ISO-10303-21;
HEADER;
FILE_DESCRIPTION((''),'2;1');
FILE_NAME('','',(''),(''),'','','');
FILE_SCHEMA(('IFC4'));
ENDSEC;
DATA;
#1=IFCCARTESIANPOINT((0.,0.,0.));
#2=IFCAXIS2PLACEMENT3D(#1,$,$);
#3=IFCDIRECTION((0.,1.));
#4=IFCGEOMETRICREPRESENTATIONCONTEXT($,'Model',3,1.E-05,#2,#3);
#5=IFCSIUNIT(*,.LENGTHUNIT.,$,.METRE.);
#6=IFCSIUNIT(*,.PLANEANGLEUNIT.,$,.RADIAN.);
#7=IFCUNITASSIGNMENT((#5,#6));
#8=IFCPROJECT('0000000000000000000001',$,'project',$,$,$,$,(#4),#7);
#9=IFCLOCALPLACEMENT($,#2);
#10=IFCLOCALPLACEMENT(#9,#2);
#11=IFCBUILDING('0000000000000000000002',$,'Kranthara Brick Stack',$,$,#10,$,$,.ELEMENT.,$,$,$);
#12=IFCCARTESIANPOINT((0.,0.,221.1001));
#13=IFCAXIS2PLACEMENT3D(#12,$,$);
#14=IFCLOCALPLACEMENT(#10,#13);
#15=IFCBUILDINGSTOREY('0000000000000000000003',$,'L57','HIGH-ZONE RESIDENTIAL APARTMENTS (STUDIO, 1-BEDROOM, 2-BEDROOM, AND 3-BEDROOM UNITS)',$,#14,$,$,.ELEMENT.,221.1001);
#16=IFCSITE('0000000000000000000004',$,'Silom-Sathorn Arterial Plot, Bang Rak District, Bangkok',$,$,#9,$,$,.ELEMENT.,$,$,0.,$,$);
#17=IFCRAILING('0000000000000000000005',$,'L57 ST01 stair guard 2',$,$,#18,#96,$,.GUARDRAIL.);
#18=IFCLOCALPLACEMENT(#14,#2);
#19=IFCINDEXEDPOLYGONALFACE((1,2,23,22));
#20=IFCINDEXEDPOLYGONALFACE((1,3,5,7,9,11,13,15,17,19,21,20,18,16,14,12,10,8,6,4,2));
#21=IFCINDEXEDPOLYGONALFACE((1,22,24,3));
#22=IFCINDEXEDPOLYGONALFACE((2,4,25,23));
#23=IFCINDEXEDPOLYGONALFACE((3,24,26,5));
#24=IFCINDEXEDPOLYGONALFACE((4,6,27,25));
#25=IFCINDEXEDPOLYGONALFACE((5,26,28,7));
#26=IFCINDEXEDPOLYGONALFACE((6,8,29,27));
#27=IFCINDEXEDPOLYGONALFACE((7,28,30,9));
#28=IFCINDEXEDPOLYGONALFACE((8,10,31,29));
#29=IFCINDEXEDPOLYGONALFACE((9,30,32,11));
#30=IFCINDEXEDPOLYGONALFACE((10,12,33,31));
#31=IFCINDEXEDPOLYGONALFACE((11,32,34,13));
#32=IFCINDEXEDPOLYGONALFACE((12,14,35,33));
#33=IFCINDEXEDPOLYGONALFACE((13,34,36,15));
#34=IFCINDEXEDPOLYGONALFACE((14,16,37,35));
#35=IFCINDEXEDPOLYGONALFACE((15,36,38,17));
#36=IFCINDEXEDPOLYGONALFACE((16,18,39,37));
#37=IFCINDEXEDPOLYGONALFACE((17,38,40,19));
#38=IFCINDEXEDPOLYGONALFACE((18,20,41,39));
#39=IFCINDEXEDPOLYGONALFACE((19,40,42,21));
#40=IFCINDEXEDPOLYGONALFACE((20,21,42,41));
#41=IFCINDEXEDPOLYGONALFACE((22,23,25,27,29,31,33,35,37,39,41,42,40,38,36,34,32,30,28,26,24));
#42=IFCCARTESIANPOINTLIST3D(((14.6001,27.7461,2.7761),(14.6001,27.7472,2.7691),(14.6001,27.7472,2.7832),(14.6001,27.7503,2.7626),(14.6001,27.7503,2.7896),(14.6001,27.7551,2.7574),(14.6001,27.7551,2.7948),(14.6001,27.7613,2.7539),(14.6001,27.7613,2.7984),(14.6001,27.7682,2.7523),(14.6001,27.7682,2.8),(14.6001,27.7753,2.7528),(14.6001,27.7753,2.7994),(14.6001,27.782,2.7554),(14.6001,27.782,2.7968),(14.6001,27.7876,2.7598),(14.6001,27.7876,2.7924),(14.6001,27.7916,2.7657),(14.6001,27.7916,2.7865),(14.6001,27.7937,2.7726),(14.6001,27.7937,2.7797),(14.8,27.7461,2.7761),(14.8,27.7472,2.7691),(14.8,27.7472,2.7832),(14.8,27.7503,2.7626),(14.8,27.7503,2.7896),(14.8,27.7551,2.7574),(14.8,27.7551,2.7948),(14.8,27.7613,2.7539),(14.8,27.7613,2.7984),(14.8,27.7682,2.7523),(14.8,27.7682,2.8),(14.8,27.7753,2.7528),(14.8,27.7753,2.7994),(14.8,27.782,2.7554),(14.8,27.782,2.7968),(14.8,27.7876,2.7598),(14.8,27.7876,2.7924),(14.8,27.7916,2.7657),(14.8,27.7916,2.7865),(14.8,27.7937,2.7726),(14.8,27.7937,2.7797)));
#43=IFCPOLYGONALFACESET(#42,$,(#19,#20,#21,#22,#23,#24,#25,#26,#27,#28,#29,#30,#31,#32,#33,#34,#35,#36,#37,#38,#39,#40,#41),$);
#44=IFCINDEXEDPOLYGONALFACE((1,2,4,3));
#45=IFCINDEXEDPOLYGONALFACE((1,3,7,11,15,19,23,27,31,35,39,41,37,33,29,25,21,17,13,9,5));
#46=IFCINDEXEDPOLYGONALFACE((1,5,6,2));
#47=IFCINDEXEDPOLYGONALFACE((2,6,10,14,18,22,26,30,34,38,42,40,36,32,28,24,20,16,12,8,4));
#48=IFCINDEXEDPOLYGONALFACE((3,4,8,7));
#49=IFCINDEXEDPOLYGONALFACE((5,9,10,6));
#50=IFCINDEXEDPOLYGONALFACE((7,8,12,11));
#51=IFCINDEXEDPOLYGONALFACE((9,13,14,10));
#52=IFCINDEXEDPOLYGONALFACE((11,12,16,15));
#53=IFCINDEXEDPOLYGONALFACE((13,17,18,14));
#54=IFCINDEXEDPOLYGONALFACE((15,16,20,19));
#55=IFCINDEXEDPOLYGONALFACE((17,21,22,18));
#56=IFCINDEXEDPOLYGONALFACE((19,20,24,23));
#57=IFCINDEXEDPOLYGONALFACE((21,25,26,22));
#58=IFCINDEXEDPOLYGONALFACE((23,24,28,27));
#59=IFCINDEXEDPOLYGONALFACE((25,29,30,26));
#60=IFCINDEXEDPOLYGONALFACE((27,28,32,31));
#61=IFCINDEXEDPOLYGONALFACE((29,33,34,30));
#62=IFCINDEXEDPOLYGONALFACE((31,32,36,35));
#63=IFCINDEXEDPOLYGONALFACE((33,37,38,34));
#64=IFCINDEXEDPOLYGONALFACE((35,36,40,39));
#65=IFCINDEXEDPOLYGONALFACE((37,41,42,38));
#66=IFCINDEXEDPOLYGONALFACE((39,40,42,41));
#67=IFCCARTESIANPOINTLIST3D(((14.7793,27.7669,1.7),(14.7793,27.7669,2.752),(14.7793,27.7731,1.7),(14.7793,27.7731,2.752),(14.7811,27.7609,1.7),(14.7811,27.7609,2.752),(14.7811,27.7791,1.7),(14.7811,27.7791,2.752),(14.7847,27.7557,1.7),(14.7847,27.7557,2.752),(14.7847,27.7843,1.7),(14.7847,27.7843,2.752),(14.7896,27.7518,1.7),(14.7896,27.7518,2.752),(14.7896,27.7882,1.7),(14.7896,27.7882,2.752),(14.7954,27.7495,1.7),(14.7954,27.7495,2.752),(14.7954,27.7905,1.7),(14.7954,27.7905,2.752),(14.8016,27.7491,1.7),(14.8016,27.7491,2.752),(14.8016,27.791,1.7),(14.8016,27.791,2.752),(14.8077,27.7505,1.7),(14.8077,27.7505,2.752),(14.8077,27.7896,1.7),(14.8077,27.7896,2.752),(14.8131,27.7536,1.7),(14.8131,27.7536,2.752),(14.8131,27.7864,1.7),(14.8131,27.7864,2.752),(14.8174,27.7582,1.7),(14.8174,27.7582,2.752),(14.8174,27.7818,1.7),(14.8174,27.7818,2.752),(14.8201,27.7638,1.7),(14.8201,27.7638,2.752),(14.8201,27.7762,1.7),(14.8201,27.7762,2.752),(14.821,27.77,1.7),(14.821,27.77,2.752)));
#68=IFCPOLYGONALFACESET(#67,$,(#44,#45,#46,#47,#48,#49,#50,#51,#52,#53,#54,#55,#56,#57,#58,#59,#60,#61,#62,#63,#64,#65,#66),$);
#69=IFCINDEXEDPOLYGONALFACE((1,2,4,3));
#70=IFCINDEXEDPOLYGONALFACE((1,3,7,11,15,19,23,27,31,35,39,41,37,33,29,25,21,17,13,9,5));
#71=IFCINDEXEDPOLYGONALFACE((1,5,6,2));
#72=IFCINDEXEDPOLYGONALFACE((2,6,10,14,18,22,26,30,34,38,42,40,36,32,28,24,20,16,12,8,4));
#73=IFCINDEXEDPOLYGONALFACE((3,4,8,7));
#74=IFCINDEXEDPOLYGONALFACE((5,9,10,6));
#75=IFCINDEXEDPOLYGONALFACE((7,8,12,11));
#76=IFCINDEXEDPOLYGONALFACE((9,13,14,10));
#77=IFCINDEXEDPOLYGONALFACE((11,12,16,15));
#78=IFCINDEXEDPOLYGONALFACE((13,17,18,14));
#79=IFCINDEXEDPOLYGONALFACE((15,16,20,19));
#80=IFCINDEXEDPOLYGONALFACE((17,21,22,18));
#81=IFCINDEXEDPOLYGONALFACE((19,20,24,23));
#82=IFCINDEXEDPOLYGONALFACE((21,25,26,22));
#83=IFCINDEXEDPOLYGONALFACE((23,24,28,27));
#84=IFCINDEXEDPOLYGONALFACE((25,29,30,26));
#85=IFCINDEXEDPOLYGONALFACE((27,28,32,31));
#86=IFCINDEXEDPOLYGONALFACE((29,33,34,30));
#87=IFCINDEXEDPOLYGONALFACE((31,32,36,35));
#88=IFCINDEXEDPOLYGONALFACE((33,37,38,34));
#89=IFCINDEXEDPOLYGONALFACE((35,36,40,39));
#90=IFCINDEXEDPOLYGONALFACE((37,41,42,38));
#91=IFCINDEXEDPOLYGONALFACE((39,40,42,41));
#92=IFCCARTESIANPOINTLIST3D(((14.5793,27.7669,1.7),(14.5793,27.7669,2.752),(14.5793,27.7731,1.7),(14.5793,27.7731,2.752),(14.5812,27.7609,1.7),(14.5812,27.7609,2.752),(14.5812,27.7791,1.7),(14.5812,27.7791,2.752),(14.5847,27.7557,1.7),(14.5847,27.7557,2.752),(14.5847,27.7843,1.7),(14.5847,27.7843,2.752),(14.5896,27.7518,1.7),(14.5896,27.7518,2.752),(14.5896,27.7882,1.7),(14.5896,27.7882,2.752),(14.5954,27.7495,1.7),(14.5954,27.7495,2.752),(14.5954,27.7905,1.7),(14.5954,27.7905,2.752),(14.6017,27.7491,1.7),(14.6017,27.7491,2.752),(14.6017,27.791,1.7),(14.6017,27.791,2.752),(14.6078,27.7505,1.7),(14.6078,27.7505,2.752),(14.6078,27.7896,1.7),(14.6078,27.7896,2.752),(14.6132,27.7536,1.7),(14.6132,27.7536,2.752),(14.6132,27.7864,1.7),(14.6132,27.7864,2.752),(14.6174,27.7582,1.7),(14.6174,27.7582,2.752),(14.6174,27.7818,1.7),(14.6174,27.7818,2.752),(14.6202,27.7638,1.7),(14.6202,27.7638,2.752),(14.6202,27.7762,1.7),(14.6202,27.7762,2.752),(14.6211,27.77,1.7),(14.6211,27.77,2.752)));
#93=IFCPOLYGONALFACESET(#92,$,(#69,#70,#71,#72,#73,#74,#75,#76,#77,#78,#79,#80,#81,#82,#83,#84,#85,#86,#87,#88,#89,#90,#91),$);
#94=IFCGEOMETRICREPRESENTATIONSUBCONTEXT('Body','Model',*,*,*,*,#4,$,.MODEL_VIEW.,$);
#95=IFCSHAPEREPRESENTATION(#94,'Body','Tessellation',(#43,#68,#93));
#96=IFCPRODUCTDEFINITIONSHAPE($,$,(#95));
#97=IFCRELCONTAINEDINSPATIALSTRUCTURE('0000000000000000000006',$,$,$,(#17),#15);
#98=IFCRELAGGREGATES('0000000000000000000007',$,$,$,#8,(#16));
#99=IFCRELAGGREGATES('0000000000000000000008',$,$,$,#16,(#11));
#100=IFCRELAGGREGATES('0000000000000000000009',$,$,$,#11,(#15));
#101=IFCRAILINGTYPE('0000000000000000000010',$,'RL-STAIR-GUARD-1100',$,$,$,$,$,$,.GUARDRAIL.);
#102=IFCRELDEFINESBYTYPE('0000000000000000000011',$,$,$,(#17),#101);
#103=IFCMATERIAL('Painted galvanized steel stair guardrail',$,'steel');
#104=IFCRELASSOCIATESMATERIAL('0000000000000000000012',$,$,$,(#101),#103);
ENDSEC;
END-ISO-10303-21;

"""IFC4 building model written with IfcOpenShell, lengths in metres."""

from ifc_helpers import new_model, si_unit, direction, frame, origin, origin_2d, place, context, subcontext, project, spatial, circle, extrude, material, type_object, element, save


model = new_model("IFC4")

# Units and contexts
model_context = context("Model", 3, precision=1e-05, world=origin(), true_north=direction((0.0, 1.0)))
body_context = subcontext(model_context, "Body", "Model", "MODEL_VIEW")
ifc_project = project(units=[si_unit("LENGTHUNIT", "METRE"), si_unit("PLANEANGLEUNIT", "RADIAN")], contexts=[model_context])

# Site, building, storey
site_placement = place(None, origin())
site = spatial("IfcSite", under=ifc_project, at=site_placement, Name="Silom-Sathorn Arterial Plot, Bang Rak District, Bangkok", CompositionType="ELEMENT", RefElevation=0.0)
building_placement = place(site_placement, origin())
building = spatial("IfcBuilding", under=site, at=building_placement, Name="Kranthara Brick Stack", CompositionType="ELEMENT")
storey_placement = place(building_placement, frame((0.0, 0.0, 221.1001)))
storey = spatial("IfcBuildingStorey", under=building, at=storey_placement, Name="L57", Description="HIGH-ZONE RESIDENTIAL APARTMENTS (STUDIO, 1-BEDROOM, 2-BEDROOM, AND 3-BEDROOM UNITS)", CompositionType="ELEMENT", Elevation=221.1001)

# Railing
ifc_material_1 = material(Name="Painted galvanized steel stair guardrail", Category="steel")
railing_type_1 = type_object("IfcRailingType", Name="RL-STAIR-GUARD-1100", PredefinedType="GUARDRAIL", material=ifc_material_1)
railing_1_placement = place(storey_placement, frame((14.8, 27.77, 1.7)))
element("IfcRailing", 1, at=railing_1_placement, inside=storey, type_object=railing_type_1, Name="L57 ST01 stair guard 2", PredefinedType="GUARDRAIL", context=body_context, shape_type="SweptSolid", body=[
    extrude(circle(Radius=0.0239, at=origin_2d()), frame((0.0, 0.0, 1.0762), z_axis=(-1.0, 0.0, 0.0), x_axis=(0.0, -1.0, 0.0)), (0.0, 0.0, 1.0), 0.2),
    extrude(circle(Radius=0.021, at=origin_2d()), origin(), (0.0, 0.0, 1.0), 1.052),
    extrude(circle(Radius=0.021, at=origin_2d()), frame((-0.2, 0.0, 0.0)), (0.0, 0.0, 1.0), 1.052),
])

save(model, "model.ifc")
